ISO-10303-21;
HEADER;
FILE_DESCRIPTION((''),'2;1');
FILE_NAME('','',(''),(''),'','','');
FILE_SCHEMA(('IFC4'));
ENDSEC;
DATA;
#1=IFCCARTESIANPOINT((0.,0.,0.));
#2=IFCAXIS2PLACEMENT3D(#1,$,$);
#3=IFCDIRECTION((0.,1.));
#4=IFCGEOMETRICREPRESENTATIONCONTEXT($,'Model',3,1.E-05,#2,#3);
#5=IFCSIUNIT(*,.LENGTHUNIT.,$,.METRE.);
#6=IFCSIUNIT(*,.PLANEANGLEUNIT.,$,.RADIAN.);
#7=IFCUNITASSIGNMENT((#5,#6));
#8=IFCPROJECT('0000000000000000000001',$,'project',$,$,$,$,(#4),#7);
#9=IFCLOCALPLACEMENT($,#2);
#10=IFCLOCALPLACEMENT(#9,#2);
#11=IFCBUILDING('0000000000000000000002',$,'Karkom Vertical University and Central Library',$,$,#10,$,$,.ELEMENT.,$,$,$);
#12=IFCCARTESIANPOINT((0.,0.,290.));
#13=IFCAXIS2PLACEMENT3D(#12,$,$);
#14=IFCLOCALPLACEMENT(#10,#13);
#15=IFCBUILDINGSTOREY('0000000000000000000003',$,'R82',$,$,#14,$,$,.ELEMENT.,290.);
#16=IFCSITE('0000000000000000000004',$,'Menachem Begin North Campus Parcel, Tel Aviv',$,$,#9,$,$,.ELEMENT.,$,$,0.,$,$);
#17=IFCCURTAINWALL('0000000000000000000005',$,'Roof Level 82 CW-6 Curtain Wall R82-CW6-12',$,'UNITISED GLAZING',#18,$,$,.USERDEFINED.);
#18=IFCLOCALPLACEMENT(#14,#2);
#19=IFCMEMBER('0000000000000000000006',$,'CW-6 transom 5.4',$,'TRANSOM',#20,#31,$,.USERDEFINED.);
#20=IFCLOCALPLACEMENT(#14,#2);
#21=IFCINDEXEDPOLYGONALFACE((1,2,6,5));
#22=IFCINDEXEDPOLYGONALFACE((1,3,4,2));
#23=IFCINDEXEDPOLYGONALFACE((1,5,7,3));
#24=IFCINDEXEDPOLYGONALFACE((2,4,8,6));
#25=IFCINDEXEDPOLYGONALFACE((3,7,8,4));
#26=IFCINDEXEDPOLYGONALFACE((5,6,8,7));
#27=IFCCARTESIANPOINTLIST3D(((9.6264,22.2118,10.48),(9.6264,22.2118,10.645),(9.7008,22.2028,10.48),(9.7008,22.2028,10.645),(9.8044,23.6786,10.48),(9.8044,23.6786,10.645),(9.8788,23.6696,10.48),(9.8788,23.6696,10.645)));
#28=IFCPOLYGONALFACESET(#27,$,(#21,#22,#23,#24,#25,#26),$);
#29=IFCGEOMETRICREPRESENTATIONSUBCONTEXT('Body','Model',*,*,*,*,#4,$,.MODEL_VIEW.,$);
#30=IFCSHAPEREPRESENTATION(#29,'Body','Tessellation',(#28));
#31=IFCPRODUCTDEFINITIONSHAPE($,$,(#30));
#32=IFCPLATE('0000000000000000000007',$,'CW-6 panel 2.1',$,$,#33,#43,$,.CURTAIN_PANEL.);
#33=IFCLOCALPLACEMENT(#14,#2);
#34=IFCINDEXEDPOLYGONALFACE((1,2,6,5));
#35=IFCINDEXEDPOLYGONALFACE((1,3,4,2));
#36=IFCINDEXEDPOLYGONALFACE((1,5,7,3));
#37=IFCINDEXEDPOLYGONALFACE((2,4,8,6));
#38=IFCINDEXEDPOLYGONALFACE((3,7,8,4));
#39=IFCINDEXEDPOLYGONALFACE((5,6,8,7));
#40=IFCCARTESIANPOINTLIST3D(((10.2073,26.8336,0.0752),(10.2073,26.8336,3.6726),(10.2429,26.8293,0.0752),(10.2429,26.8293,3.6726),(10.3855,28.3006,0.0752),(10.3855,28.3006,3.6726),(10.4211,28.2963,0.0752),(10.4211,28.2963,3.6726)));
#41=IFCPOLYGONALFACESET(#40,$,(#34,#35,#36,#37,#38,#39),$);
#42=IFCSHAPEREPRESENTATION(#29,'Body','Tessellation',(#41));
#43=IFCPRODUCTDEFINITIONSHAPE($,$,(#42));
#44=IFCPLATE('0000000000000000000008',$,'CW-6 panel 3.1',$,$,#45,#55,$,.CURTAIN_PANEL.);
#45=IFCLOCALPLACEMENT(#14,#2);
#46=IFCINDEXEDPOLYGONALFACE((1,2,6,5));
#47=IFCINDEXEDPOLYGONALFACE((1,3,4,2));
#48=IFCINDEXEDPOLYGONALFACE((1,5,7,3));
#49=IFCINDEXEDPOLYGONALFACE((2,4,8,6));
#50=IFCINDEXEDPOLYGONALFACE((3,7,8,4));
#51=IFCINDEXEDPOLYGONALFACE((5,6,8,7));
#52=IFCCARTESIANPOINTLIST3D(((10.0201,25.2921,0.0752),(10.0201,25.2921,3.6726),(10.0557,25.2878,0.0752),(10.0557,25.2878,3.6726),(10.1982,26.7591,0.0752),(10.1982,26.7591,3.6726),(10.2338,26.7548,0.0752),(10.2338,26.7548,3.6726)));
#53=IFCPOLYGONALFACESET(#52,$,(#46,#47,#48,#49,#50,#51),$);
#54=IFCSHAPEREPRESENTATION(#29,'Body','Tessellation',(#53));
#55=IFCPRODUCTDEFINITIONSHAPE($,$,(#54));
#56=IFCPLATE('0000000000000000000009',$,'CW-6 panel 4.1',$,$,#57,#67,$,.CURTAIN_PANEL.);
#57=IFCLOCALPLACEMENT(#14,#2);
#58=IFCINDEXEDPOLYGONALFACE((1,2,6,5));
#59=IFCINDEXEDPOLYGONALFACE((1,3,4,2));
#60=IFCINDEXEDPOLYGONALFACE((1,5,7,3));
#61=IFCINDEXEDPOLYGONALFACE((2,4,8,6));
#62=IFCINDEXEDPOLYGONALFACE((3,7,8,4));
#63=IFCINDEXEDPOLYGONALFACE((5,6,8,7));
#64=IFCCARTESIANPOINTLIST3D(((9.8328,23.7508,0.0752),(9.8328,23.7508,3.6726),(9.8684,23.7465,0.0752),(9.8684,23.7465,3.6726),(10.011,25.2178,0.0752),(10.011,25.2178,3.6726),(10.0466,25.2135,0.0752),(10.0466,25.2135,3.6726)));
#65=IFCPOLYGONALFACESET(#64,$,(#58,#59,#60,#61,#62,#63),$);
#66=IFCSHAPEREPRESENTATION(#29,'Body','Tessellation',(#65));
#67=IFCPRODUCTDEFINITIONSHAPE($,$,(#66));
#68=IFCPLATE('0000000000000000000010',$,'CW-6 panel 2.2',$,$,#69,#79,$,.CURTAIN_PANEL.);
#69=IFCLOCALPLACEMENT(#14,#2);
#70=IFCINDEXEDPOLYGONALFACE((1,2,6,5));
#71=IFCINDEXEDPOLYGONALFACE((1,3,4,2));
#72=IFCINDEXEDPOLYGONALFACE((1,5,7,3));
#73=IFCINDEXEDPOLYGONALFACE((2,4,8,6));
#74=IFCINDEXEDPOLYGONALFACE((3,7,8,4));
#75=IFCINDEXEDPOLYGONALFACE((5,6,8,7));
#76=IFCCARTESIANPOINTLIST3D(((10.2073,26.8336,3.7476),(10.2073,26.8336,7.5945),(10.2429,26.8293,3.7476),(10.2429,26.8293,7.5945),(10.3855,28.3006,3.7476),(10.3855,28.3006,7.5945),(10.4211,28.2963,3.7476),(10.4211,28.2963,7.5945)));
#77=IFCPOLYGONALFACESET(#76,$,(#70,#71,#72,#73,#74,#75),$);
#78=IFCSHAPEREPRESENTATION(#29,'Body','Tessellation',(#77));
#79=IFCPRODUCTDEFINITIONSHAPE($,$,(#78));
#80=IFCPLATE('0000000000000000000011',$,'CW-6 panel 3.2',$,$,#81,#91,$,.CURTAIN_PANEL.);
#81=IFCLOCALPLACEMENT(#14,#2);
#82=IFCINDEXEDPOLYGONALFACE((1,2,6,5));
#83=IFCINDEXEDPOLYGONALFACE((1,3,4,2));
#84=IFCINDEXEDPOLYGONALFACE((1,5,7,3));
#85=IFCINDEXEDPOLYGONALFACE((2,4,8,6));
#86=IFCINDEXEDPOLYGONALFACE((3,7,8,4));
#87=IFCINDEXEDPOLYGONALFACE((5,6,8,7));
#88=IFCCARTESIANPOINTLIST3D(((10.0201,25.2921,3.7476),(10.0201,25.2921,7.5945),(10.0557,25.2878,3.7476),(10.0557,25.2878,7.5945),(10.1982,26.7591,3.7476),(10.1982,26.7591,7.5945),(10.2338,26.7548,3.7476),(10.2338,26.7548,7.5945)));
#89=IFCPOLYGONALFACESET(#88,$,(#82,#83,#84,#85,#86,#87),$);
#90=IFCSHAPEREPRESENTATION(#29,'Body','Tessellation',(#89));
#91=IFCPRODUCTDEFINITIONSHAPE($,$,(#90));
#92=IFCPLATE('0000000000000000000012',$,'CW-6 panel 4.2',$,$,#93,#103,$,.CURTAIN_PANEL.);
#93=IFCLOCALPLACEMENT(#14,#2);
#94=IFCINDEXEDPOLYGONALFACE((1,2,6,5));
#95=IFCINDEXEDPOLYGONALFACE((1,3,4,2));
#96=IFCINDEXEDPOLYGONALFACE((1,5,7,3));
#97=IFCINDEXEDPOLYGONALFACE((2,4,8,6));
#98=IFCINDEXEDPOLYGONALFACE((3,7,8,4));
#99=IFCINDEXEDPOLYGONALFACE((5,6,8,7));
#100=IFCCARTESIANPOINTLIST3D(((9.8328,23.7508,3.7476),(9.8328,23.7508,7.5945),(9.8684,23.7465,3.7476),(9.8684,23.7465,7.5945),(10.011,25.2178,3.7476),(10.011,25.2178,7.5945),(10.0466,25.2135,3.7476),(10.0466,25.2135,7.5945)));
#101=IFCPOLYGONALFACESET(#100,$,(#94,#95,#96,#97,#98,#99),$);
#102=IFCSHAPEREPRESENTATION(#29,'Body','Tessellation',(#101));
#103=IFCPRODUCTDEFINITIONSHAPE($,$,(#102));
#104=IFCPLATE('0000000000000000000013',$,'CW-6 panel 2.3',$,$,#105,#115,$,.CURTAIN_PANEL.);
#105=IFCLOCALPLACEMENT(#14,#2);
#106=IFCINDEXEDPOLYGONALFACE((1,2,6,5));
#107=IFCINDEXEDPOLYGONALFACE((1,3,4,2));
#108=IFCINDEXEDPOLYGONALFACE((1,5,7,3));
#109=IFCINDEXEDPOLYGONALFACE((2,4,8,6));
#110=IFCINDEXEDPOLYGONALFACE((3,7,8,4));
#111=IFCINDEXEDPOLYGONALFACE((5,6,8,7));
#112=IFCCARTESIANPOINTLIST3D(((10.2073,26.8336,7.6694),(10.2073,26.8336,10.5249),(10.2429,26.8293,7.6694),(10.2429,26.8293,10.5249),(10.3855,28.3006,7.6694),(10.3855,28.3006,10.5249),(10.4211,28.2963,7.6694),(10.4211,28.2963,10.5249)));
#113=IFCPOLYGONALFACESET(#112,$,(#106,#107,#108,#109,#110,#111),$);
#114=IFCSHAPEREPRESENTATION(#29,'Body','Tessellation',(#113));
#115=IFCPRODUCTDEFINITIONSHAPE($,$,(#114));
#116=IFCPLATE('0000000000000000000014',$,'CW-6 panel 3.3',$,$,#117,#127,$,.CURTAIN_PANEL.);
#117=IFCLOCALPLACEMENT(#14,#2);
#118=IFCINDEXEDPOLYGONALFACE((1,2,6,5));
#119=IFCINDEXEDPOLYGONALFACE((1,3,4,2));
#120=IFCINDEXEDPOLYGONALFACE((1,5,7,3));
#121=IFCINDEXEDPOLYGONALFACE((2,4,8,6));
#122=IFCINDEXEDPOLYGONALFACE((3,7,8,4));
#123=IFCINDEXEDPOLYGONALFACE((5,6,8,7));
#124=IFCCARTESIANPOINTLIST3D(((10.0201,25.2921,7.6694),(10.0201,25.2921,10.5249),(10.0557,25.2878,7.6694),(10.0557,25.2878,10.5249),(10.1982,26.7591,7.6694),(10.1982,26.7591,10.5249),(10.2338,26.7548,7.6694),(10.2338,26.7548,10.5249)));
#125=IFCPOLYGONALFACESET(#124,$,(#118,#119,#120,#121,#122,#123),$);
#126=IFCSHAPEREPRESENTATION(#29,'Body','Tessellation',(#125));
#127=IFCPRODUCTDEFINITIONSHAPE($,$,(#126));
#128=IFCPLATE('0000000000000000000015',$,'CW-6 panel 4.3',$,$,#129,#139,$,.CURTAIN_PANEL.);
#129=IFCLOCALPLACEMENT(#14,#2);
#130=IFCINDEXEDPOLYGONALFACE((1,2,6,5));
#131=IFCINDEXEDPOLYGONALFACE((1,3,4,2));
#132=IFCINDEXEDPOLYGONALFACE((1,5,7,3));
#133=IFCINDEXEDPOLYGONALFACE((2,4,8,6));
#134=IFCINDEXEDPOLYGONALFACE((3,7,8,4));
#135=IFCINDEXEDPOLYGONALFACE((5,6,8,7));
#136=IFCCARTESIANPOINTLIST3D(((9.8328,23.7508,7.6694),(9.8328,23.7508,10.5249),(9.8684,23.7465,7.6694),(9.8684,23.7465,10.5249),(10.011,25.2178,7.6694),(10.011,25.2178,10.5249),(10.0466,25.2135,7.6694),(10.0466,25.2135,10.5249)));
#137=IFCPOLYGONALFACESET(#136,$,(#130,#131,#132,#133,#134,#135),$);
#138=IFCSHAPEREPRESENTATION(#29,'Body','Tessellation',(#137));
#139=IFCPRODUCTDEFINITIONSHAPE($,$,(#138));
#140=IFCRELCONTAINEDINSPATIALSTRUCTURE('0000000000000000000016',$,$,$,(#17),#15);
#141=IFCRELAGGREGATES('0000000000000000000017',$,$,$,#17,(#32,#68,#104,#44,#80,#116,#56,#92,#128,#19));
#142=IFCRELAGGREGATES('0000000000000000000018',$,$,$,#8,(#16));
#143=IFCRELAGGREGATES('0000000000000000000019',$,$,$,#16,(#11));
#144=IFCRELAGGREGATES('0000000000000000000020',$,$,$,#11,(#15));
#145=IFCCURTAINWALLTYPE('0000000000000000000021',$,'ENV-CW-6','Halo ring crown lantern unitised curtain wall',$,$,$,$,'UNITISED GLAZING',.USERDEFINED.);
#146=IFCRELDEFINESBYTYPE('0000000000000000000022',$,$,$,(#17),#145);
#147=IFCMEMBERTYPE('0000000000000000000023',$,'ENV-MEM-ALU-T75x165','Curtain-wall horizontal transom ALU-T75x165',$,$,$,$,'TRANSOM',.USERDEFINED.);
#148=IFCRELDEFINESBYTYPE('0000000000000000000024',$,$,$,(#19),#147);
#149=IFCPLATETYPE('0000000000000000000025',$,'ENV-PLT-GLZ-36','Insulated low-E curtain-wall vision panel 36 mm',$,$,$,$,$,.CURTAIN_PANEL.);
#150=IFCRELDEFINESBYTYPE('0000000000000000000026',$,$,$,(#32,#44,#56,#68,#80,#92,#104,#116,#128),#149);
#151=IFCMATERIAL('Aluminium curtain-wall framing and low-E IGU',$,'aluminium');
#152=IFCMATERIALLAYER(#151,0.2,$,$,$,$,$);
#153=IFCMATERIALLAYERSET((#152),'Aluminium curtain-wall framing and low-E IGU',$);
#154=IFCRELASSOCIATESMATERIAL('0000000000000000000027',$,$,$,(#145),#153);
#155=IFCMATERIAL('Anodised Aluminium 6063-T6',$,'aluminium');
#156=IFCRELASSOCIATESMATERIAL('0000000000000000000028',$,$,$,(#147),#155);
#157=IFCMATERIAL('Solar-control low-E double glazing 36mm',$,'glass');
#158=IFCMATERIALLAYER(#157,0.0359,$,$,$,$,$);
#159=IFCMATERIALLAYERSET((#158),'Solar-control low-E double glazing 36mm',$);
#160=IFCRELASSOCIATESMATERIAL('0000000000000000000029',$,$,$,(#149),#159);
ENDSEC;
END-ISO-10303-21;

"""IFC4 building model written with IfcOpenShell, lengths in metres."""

from ifc_helpers import new_model, si_unit, direction, frame, origin, origin_with_axes, origin_2d, place, context, subcontext, project, spatial, rectangle, extrude, source, transform, mapped, material, layer, layer_set, material_profile, profile_set, type_object, element, aggregate, save


model = new_model("IFC4")

# Units and contexts
model_context = context("Model", 3, precision=1e-05, world=origin(), true_north=direction((0.0, 1.0)))
body_context = subcontext(model_context, "Body", "Model", "MODEL_VIEW")
ifc_project = project(units=[si_unit("LENGTHUNIT", "METRE"), si_unit("PLANEANGLEUNIT", "RADIAN")], contexts=[model_context])

# Site, building, storey
site_placement = place(None, origin())
site = spatial("IfcSite", under=ifc_project, at=site_placement, Name="Menachem Begin North Campus Parcel, Tel Aviv", CompositionType="ELEMENT", RefElevation=0.0)
building_placement = place(site_placement, origin())
building = spatial("IfcBuilding", under=site, at=building_placement, Name="Karkom Vertical University and Central Library", CompositionType="ELEMENT")
storey_placement = place(building_placement, frame((0.0, 0.0, 290.0)))
storey = spatial("IfcBuildingStorey", under=building, at=storey_placement, Name="R82", CompositionType="ELEMENT", Elevation=290.0)

# Curtain wall, member, plates
ifc_material_1 = material(Name="Aluminium curtain-wall framing and low-E IGU", Category="aluminium")
ifc_layer_1 = layer(ifc_material_1, 0.2)
ifc_layer_set_1 = layer_set([ifc_layer_1], Name="Aluminium curtain-wall framing and low-E IGU")
curtain_wall_type = type_object("IfcCurtainWallType", Name="ENV-CW-6", Description="Halo ring crown lantern unitised curtain wall", ElementType="UNITISED GLAZING", PredefinedType="USERDEFINED", material=ifc_layer_set_1)
curtain_wall_placement = place(storey_placement, origin())
curtain_wall = element("IfcCurtainWall", 1, at=curtain_wall_placement, inside=storey, type_object=curtain_wall_type, Name="Roof Level 82 CW-6 Curtain Wall R82-CW6-12", ObjectType="UNITISED GLAZING", PredefinedType="USERDEFINED")
ifc_material_2 = material(Name="Anodised Aluminium 6063-T6", Category="aluminium")
ifc_material_profile_1 = material_profile(ifc_material_2, rectangle(XDim=0.075, YDim=0.165, at=origin_2d()), Name="ALU-T75x165")
ifc_profile_set_1 = profile_set([ifc_material_profile_1], Name="Anodised Aluminium 6063-T6")
member_type_1 = type_object("IfcMemberType", Name="ENV-MEM-ALU-T75x165", Description="Curtain-wall horizontal transom ALU-T75x165", ElementType="TRANSOM", PredefinedType="USERDEFINED", material=ifc_profile_set_1)
shared_shape_1 = source(origin_with_axes(), body_context, "Body", "SweptSolid", [
    extrude(rectangle(XDim=0.075, YDim=0.165, at=origin_2d()), origin(), (0.0, 0.0, 1.0), 1.4775),
])
member_1_placement = place(storey_placement, frame((9.8416, 23.6741, 10.5625), z_axis=(-0.120455, -0.992719, 0.0), x_axis=(0.992719, -0.120455, 0.0)))
member_1 = element("IfcMember", 2, at=member_1_placement, type_object=member_type_1, Name="CW-6 transom 5.4", ObjectType="TRANSOM", PredefinedType="USERDEFINED", context=body_context, shape_type="MappedRepresentation", body=[
    mapped(shared_shape_1, transform((0.0, 0.0, 0.0), scale=1.0)),
])
ifc_material_3 = material(Name="Solar-control low-E double glazing 36mm", Category="glass")
ifc_layer_2 = layer(ifc_material_3, 0.0359)
ifc_layer_set_2 = layer_set([ifc_layer_2], Name="Solar-control low-E double glazing 36mm")
plate_type = type_object("IfcPlateType", Name="ENV-PLT-GLZ-36", Description="Insulated low-E curtain-wall vision panel 36 mm", PredefinedType="CURTAIN_PANEL", material=ifc_layer_set_2)
shared_shape_2 = source(origin_with_axes(), body_context, "Body", "SweptSolid", [
    extrude(rectangle(XDim=1.4778, YDim=0.0359, at=origin_2d()), origin(), (0.0, 0.0, 1.0), 3.5974),
])
plate_1_placement = place(storey_placement, frame((10.3142, 27.5649, 0.0752), z_axis=(0.0, 0.0, 1.0), x_axis=(-0.120553, -0.992707, 0.0)))
plate_1 = element("IfcPlate", 3, at=plate_1_placement, type_object=plate_type, Name="CW-6 panel 2.1", PredefinedType="CURTAIN_PANEL", context=body_context, shape_type="MappedRepresentation", body=[
    mapped(shared_shape_2, transform((0.0, 0.0, 0.0), scale=1.0)),
])
plate_2_placement = place(storey_placement, frame((10.127, 26.0234, 0.0752), z_axis=(0.0, 0.0, 1.0), x_axis=(-0.120553, -0.992707, 0.0)))
plate_2 = element("IfcPlate", 4, at=plate_2_placement, type_object=plate_type, Name="CW-6 panel 3.1", PredefinedType="CURTAIN_PANEL", context=body_context, shape_type="MappedRepresentation", body=[
    mapped(shared_shape_2, transform((0.0, 0.0, 0.0), scale=1.0)),
])
plate_3_placement = place(storey_placement, frame((9.9397, 24.4822, 0.0752), z_axis=(0.0, 0.0, 1.0), x_axis=(-0.120553, -0.992707, 0.0)))
plate_3 = element("IfcPlate", 5, at=plate_3_placement, type_object=plate_type, Name="CW-6 panel 4.1", PredefinedType="CURTAIN_PANEL", context=body_context, shape_type="MappedRepresentation", body=[
    mapped(shared_shape_2, transform((0.0, 0.0, 0.0), scale=1.0)),
])
shared_shape_3 = source(origin_with_axes(), body_context, "Body", "SweptSolid", [
    extrude(rectangle(XDim=1.4778, YDim=0.0359, at=origin_2d()), origin(), (0.0, 0.0, 1.0), 3.8469),
])
plate_4_placement = place(storey_placement, frame((10.3142, 27.5649, 3.7476), z_axis=(0.0, 0.0, 1.0), x_axis=(-0.120553, -0.992707, 0.0)))
plate_4 = element("IfcPlate", 6, at=plate_4_placement, type_object=plate_type, Name="CW-6 panel 2.2", PredefinedType="CURTAIN_PANEL", context=body_context, shape_type="MappedRepresentation", body=[
    mapped(shared_shape_3, transform((0.0, 0.0, 0.0), scale=1.0)),
])
plate_5_placement = place(storey_placement, frame((10.127, 26.0234, 3.7476), z_axis=(0.0, 0.0, 1.0), x_axis=(-0.120553, -0.992707, 0.0)))
plate_5 = element("IfcPlate", 7, at=plate_5_placement, type_object=plate_type, Name="CW-6 panel 3.2", PredefinedType="CURTAIN_PANEL", context=body_context, shape_type="MappedRepresentation", body=[
    mapped(shared_shape_3, transform((0.0, 0.0, 0.0), scale=1.0)),
])
plate_6_placement = place(storey_placement, frame((9.9397, 24.4822, 3.7476), z_axis=(0.0, 0.0, 1.0), x_axis=(-0.120553, -0.992707, 0.0)))
plate_6 = element("IfcPlate", 8, at=plate_6_placement, type_object=plate_type, Name="CW-6 panel 4.2", PredefinedType="CURTAIN_PANEL", context=body_context, shape_type="MappedRepresentation", body=[
    mapped(shared_shape_3, transform((0.0, 0.0, 0.0), scale=1.0)),
])
shared_shape_4 = source(origin_with_axes(), body_context, "Body", "SweptSolid", [
    extrude(rectangle(XDim=1.4778, YDim=0.0359, at=origin_2d()), origin(), (0.0, 0.0, 1.0), 2.8555),
])
plate_7_placement = place(storey_placement, frame((10.3142, 27.5649, 7.6694), z_axis=(0.0, 0.0, 1.0), x_axis=(-0.120553, -0.992707, 0.0)))
plate_7 = element("IfcPlate", 9, at=plate_7_placement, type_object=plate_type, Name="CW-6 panel 2.3", PredefinedType="CURTAIN_PANEL", context=body_context, shape_type="MappedRepresentation", body=[
    mapped(shared_shape_4, transform((0.0, 0.0, 0.0), scale=1.0)),
])
plate_8_placement = place(storey_placement, frame((10.127, 26.0234, 7.6694), z_axis=(0.0, 0.0, 1.0), x_axis=(-0.120553, -0.992707, 0.0)))
plate_8 = element("IfcPlate", 10, at=plate_8_placement, type_object=plate_type, Name="CW-6 panel 3.3", PredefinedType="CURTAIN_PANEL", context=body_context, shape_type="MappedRepresentation", body=[
    mapped(shared_shape_4, transform((0.0, 0.0, 0.0), scale=1.0)),
])
plate_9_placement = place(storey_placement, frame((9.9397, 24.4822, 7.6694), z_axis=(0.0, 0.0, 1.0), x_axis=(-0.120553, -0.992707, 0.0)))
plate_9 = element("IfcPlate", 11, at=plate_9_placement, type_object=plate_type, Name="CW-6 panel 4.3", PredefinedType="CURTAIN_PANEL", context=body_context, shape_type="MappedRepresentation", body=[
    mapped(shared_shape_4, transform((0.0, 0.0, 0.0), scale=1.0)),
])
aggregate(curtain_wall, [plate_1, plate_4, plate_7, plate_2, plate_5, plate_8, plate_3, plate_6, plate_9, member_1])

save(model, "model.ifc")
